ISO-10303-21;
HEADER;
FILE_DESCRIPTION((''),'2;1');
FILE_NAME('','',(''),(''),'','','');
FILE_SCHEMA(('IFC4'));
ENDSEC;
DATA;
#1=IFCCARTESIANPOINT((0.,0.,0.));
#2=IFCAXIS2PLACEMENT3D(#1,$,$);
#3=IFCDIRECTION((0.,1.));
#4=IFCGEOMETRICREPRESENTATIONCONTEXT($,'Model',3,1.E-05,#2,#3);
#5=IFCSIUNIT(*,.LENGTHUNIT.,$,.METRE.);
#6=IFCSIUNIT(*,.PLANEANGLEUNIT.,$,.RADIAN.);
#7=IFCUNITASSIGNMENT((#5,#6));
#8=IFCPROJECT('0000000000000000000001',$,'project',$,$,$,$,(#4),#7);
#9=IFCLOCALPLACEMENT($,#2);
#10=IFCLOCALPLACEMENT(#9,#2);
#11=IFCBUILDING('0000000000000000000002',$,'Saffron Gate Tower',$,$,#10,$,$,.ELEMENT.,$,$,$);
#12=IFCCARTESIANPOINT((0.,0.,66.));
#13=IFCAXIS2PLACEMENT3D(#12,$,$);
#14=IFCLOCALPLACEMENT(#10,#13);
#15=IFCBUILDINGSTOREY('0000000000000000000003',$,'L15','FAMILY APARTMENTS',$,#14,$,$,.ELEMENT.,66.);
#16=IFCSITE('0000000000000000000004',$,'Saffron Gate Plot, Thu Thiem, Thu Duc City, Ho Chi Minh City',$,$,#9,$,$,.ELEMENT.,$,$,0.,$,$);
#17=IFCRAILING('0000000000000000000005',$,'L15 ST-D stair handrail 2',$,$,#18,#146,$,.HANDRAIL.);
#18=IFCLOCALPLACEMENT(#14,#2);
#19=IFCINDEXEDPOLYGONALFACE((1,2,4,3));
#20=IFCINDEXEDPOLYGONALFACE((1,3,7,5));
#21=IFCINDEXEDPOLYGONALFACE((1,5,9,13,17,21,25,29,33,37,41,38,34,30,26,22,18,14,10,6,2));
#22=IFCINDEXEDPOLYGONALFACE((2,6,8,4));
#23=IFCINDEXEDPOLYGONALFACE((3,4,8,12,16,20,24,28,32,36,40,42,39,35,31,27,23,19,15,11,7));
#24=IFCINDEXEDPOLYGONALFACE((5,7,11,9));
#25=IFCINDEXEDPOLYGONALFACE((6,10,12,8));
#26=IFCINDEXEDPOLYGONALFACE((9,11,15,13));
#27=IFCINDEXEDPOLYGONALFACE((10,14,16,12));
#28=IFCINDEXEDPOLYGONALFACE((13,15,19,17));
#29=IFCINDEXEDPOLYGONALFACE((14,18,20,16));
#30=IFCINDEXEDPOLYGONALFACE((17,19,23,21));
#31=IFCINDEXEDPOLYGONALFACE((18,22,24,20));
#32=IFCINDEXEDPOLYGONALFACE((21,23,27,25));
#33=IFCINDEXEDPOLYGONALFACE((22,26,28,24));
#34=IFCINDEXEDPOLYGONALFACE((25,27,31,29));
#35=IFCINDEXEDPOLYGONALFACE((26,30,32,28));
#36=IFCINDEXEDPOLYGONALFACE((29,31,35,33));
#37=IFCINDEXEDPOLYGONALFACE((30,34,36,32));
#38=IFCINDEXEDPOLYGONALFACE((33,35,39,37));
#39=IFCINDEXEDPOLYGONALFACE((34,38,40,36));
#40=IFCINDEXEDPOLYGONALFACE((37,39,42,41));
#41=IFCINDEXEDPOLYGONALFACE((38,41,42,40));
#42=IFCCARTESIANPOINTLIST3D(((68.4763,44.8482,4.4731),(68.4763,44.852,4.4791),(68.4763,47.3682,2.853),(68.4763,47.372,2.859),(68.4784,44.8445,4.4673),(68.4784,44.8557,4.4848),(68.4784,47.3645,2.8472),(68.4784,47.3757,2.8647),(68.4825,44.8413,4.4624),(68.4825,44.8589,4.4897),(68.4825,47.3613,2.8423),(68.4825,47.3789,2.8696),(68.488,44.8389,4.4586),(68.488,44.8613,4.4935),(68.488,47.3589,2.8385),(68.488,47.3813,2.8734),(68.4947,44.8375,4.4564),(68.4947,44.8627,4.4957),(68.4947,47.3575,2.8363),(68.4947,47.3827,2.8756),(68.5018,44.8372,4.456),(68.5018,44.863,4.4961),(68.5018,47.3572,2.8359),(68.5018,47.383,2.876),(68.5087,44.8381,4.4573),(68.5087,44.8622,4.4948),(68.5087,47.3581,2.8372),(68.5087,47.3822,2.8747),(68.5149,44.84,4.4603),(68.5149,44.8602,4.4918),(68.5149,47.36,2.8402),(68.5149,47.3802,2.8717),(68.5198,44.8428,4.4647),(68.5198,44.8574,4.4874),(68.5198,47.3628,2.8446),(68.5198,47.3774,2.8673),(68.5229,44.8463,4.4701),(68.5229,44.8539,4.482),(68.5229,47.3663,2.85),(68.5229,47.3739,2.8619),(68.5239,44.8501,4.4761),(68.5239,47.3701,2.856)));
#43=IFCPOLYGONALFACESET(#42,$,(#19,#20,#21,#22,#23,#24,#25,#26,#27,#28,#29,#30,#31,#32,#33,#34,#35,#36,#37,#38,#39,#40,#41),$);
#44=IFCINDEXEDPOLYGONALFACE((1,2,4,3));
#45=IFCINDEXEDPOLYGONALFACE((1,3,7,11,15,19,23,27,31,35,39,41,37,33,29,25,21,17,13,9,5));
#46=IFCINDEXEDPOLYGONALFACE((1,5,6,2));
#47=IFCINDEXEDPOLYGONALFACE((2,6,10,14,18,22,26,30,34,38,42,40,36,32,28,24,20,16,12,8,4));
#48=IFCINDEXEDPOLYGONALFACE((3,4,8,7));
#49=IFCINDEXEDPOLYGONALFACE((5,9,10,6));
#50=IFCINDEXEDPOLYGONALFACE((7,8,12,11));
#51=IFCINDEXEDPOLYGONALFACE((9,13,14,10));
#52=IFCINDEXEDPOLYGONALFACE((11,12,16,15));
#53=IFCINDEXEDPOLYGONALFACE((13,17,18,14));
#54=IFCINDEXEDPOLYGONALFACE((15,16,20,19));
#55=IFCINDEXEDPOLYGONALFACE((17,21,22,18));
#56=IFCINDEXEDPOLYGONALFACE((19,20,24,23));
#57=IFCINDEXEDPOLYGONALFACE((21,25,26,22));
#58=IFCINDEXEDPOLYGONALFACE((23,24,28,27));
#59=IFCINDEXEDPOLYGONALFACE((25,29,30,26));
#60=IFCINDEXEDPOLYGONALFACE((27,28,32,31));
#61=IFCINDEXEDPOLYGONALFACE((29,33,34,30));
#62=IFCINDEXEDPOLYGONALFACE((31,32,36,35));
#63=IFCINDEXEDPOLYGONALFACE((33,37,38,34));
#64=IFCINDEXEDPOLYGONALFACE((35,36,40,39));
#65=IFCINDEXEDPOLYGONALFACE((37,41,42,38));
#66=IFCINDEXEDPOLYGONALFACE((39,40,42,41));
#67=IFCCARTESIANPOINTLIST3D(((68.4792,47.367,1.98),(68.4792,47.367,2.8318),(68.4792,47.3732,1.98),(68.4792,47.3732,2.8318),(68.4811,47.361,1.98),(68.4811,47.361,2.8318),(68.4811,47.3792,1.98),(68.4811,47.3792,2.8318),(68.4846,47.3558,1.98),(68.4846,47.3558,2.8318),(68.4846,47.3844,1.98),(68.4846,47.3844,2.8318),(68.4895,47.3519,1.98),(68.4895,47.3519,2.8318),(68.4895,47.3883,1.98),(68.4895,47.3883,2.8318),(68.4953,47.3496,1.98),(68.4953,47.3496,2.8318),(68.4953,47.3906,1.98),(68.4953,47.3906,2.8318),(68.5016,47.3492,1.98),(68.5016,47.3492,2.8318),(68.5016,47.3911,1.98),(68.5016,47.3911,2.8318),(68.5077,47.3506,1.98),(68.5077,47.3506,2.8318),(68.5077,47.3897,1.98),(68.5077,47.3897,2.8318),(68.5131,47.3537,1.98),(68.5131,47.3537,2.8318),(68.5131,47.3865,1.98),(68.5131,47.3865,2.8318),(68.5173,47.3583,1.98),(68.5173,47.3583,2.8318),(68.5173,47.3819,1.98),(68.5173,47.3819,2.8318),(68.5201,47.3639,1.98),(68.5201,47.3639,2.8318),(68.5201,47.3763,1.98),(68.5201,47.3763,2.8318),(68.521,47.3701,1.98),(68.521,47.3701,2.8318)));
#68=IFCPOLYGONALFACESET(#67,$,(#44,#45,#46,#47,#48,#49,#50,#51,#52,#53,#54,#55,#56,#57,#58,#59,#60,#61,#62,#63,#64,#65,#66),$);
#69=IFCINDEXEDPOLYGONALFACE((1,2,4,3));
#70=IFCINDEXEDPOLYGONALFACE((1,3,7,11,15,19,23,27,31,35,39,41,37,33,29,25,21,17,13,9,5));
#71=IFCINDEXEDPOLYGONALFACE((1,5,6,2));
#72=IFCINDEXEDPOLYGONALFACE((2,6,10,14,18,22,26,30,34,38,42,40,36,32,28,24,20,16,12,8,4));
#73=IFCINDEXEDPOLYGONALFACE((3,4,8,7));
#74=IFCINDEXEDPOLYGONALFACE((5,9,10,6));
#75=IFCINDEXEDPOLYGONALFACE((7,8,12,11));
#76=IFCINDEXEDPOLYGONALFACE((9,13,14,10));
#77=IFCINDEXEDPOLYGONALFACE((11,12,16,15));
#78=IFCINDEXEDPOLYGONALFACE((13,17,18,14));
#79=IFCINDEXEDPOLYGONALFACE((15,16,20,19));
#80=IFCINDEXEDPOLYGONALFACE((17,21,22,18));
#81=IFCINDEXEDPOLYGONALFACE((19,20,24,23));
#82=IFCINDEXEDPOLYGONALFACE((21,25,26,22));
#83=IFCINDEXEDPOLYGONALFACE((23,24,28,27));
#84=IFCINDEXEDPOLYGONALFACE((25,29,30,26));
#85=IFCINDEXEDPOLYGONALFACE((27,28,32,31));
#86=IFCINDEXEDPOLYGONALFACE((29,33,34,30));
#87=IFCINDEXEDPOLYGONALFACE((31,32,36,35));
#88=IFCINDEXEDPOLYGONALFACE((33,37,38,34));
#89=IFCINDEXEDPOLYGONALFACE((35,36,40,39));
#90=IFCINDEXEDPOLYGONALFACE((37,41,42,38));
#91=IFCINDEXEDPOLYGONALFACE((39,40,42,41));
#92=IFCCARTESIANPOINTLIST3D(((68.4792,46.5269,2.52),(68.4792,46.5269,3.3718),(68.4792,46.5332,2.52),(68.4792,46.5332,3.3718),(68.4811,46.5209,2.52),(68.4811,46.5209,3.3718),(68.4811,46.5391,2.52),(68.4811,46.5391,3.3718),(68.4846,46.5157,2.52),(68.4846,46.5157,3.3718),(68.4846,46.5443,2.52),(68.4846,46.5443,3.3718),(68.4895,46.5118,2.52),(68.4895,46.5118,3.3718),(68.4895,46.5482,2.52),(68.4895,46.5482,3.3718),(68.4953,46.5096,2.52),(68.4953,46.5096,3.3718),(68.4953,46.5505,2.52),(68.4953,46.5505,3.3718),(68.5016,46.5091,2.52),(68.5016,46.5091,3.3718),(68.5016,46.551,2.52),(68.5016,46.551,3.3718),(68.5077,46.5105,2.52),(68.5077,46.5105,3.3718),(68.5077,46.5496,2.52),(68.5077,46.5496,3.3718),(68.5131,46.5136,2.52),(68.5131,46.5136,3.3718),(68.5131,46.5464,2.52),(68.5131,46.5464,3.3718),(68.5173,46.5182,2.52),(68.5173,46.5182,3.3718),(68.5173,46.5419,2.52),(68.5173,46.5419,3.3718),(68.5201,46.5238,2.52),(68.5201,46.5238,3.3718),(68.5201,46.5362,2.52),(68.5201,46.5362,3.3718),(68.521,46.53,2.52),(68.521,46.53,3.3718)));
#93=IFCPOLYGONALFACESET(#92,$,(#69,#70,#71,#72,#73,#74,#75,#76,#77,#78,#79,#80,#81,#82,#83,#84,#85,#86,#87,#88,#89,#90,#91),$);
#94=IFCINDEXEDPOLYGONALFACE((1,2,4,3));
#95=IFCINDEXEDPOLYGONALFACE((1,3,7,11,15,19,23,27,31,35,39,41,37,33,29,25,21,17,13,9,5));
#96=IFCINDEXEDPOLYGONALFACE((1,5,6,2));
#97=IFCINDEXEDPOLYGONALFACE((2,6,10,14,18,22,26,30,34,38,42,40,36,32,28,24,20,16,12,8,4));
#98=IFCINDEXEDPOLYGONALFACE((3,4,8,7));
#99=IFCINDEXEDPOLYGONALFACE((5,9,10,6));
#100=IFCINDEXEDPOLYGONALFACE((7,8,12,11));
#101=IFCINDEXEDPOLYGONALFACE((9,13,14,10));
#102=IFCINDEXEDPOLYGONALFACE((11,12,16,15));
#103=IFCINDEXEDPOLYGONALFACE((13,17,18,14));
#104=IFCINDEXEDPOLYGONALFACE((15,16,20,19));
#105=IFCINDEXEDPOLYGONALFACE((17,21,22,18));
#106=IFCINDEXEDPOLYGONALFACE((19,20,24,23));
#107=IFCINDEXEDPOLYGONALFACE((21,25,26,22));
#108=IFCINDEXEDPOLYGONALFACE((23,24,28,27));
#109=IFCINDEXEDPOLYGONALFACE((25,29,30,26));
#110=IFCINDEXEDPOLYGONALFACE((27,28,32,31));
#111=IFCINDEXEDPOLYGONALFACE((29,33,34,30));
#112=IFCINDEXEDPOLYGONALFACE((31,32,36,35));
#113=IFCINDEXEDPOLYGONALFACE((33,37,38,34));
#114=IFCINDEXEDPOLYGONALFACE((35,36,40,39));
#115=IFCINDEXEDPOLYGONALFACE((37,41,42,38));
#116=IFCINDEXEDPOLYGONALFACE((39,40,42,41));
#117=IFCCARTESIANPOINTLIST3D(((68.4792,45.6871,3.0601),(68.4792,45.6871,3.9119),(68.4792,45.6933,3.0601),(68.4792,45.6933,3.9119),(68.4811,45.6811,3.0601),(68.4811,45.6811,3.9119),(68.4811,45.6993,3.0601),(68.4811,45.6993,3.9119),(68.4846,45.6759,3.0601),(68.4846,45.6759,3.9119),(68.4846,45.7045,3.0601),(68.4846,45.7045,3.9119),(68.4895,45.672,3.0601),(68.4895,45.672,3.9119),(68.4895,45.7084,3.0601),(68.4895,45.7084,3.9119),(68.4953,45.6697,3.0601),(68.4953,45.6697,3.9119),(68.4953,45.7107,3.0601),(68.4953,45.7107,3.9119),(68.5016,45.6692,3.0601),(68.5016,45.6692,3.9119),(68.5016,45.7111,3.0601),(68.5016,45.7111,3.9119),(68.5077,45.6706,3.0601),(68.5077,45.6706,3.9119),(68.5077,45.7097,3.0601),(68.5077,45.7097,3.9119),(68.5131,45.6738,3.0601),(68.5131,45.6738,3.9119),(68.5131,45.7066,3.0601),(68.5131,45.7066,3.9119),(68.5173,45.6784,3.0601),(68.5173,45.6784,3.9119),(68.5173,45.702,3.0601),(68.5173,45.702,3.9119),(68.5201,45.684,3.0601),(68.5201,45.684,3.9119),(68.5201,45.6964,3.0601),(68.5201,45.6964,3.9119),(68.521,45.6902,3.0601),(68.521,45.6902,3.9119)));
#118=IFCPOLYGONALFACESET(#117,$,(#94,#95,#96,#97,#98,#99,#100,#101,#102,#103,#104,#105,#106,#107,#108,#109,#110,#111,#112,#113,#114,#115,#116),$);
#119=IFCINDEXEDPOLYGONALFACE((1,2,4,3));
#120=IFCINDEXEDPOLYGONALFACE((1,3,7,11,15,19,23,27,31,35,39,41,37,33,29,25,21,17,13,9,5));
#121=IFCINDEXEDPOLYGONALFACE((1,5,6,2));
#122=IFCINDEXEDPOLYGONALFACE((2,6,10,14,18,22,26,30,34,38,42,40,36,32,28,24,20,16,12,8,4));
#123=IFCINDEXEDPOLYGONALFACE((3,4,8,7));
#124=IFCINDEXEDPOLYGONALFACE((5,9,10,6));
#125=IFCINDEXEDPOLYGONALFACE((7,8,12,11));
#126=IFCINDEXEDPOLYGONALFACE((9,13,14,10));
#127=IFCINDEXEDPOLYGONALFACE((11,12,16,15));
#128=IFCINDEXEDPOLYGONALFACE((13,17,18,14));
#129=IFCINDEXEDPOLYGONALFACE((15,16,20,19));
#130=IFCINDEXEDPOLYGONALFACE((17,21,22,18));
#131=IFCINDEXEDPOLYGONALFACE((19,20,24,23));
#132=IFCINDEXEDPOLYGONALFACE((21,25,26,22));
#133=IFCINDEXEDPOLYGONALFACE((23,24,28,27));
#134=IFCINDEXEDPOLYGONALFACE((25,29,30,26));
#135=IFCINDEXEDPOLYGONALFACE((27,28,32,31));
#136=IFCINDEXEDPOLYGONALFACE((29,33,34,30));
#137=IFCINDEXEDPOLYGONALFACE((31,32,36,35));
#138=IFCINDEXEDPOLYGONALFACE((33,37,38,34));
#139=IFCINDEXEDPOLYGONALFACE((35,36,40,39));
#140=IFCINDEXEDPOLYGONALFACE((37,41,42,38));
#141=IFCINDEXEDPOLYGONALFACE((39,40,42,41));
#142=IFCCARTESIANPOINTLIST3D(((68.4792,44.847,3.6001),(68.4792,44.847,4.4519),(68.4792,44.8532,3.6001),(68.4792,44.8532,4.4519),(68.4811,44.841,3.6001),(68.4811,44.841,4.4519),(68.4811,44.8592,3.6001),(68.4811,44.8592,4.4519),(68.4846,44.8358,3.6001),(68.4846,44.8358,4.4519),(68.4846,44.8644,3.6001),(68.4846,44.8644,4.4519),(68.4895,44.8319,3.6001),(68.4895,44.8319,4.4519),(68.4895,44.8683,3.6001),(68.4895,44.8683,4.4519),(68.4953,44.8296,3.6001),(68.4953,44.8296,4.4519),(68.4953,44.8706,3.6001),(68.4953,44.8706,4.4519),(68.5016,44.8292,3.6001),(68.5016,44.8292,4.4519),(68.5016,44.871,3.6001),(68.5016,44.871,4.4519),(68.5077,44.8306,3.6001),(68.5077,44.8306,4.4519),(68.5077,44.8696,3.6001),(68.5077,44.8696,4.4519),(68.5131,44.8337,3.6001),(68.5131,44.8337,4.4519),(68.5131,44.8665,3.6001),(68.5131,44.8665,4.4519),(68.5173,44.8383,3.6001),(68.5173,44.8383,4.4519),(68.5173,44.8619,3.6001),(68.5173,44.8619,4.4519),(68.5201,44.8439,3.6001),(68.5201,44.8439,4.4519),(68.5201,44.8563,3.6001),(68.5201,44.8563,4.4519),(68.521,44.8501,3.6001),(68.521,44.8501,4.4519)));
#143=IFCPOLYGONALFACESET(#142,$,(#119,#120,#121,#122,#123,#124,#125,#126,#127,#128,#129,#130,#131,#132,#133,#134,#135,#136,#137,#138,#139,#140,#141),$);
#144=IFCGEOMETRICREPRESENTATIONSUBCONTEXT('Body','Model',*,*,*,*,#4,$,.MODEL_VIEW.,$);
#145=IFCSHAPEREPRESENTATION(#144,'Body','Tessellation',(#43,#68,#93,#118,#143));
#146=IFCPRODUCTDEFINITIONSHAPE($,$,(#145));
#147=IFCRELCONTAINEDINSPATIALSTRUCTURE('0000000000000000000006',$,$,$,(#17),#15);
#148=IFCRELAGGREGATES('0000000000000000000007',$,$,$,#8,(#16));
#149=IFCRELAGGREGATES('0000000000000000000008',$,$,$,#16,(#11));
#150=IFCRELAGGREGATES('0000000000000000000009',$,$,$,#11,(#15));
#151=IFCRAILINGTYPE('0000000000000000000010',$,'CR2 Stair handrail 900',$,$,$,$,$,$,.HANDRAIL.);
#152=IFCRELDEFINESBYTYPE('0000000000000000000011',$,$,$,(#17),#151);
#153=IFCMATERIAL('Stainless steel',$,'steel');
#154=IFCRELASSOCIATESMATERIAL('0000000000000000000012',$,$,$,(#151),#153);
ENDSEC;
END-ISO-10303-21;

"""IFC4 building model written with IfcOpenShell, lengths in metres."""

from ifc_helpers import new_model, si_unit, direction, frame, origin, origin_2d, place, context, subcontext, project, spatial, circle, extrude, material, type_object, element, save


model = new_model("IFC4")

# Units and contexts
model_context = context("Model", 3, precision=1e-05, world=origin(), true_north=direction((0.0, 1.0)))
body_context = subcontext(model_context, "Body", "Model", "MODEL_VIEW")
ifc_project = project(units=[si_unit("LENGTHUNIT", "METRE"), si_unit("PLANEANGLEUNIT", "RADIAN")], contexts=[model_context])

# Site, building, storey
site_placement = place(None, origin())
site = spatial("IfcSite", under=ifc_project, at=site_placement, Name="Saffron Gate Plot, Thu Thiem, Thu Duc City, Ho Chi Minh City", CompositionType="ELEMENT", RefElevation=0.0)
building_placement = place(site_placement, origin())
building = spatial("IfcBuilding", under=site, at=building_placement, Name="Saffron Gate Tower", CompositionType="ELEMENT")
storey_placement = place(building_placement, frame((0.0, 0.0, 66.0)))
storey = spatial("IfcBuildingStorey", under=building, at=storey_placement, Name="L15", Description="FAMILY APARTMENTS", CompositionType="ELEMENT", Elevation=66.0)

# Railing
ifc_material_1 = material(Name="Stainless steel", Category="steel")
railing_type_1 = type_object("IfcRailingType", Name="CR2 Stair handrail 900", PredefinedType="HANDRAIL", material=ifc_material_1)
railing_1_placement = place(storey_placement, frame((68.5, 47.3701, 1.98)))
element("IfcRailing", 1, at=railing_1_placement, inside=storey, type_object=railing_type_1, Name="L15 ST-D stair handrail 2", PredefinedType="HANDRAIL", context=body_context, shape_type="SweptSolid", body=[
    extrude(circle(Radius=0.0239, at=origin_2d()), frame((0.0, 0.0, 0.876), z_axis=(0.0, -0.841163, 0.540782), x_axis=(1.0, 0.0, 0.0)), (0.0, 0.0, 1.0), 2.9958),
    extrude(circle(Radius=0.021, at=origin_2d()), origin(), (0.0, 0.0, 1.0), 0.8518),
    extrude(circle(Radius=0.021, at=origin_2d()), frame((0.0, -0.8401, 0.54)), (0.0, 0.0, 1.0), 0.8518),
    extrude(circle(Radius=0.021, at=origin_2d()), frame((0.0, -1.6799, 1.0801)), (0.0, 0.0, 1.0), 0.8518),
    extrude(circle(Radius=0.021, at=origin_2d()), frame((0.0, -2.52, 1.6201)), (0.0, 0.0, 1.0), 0.8518),
])

save(model, "model.ifc")
